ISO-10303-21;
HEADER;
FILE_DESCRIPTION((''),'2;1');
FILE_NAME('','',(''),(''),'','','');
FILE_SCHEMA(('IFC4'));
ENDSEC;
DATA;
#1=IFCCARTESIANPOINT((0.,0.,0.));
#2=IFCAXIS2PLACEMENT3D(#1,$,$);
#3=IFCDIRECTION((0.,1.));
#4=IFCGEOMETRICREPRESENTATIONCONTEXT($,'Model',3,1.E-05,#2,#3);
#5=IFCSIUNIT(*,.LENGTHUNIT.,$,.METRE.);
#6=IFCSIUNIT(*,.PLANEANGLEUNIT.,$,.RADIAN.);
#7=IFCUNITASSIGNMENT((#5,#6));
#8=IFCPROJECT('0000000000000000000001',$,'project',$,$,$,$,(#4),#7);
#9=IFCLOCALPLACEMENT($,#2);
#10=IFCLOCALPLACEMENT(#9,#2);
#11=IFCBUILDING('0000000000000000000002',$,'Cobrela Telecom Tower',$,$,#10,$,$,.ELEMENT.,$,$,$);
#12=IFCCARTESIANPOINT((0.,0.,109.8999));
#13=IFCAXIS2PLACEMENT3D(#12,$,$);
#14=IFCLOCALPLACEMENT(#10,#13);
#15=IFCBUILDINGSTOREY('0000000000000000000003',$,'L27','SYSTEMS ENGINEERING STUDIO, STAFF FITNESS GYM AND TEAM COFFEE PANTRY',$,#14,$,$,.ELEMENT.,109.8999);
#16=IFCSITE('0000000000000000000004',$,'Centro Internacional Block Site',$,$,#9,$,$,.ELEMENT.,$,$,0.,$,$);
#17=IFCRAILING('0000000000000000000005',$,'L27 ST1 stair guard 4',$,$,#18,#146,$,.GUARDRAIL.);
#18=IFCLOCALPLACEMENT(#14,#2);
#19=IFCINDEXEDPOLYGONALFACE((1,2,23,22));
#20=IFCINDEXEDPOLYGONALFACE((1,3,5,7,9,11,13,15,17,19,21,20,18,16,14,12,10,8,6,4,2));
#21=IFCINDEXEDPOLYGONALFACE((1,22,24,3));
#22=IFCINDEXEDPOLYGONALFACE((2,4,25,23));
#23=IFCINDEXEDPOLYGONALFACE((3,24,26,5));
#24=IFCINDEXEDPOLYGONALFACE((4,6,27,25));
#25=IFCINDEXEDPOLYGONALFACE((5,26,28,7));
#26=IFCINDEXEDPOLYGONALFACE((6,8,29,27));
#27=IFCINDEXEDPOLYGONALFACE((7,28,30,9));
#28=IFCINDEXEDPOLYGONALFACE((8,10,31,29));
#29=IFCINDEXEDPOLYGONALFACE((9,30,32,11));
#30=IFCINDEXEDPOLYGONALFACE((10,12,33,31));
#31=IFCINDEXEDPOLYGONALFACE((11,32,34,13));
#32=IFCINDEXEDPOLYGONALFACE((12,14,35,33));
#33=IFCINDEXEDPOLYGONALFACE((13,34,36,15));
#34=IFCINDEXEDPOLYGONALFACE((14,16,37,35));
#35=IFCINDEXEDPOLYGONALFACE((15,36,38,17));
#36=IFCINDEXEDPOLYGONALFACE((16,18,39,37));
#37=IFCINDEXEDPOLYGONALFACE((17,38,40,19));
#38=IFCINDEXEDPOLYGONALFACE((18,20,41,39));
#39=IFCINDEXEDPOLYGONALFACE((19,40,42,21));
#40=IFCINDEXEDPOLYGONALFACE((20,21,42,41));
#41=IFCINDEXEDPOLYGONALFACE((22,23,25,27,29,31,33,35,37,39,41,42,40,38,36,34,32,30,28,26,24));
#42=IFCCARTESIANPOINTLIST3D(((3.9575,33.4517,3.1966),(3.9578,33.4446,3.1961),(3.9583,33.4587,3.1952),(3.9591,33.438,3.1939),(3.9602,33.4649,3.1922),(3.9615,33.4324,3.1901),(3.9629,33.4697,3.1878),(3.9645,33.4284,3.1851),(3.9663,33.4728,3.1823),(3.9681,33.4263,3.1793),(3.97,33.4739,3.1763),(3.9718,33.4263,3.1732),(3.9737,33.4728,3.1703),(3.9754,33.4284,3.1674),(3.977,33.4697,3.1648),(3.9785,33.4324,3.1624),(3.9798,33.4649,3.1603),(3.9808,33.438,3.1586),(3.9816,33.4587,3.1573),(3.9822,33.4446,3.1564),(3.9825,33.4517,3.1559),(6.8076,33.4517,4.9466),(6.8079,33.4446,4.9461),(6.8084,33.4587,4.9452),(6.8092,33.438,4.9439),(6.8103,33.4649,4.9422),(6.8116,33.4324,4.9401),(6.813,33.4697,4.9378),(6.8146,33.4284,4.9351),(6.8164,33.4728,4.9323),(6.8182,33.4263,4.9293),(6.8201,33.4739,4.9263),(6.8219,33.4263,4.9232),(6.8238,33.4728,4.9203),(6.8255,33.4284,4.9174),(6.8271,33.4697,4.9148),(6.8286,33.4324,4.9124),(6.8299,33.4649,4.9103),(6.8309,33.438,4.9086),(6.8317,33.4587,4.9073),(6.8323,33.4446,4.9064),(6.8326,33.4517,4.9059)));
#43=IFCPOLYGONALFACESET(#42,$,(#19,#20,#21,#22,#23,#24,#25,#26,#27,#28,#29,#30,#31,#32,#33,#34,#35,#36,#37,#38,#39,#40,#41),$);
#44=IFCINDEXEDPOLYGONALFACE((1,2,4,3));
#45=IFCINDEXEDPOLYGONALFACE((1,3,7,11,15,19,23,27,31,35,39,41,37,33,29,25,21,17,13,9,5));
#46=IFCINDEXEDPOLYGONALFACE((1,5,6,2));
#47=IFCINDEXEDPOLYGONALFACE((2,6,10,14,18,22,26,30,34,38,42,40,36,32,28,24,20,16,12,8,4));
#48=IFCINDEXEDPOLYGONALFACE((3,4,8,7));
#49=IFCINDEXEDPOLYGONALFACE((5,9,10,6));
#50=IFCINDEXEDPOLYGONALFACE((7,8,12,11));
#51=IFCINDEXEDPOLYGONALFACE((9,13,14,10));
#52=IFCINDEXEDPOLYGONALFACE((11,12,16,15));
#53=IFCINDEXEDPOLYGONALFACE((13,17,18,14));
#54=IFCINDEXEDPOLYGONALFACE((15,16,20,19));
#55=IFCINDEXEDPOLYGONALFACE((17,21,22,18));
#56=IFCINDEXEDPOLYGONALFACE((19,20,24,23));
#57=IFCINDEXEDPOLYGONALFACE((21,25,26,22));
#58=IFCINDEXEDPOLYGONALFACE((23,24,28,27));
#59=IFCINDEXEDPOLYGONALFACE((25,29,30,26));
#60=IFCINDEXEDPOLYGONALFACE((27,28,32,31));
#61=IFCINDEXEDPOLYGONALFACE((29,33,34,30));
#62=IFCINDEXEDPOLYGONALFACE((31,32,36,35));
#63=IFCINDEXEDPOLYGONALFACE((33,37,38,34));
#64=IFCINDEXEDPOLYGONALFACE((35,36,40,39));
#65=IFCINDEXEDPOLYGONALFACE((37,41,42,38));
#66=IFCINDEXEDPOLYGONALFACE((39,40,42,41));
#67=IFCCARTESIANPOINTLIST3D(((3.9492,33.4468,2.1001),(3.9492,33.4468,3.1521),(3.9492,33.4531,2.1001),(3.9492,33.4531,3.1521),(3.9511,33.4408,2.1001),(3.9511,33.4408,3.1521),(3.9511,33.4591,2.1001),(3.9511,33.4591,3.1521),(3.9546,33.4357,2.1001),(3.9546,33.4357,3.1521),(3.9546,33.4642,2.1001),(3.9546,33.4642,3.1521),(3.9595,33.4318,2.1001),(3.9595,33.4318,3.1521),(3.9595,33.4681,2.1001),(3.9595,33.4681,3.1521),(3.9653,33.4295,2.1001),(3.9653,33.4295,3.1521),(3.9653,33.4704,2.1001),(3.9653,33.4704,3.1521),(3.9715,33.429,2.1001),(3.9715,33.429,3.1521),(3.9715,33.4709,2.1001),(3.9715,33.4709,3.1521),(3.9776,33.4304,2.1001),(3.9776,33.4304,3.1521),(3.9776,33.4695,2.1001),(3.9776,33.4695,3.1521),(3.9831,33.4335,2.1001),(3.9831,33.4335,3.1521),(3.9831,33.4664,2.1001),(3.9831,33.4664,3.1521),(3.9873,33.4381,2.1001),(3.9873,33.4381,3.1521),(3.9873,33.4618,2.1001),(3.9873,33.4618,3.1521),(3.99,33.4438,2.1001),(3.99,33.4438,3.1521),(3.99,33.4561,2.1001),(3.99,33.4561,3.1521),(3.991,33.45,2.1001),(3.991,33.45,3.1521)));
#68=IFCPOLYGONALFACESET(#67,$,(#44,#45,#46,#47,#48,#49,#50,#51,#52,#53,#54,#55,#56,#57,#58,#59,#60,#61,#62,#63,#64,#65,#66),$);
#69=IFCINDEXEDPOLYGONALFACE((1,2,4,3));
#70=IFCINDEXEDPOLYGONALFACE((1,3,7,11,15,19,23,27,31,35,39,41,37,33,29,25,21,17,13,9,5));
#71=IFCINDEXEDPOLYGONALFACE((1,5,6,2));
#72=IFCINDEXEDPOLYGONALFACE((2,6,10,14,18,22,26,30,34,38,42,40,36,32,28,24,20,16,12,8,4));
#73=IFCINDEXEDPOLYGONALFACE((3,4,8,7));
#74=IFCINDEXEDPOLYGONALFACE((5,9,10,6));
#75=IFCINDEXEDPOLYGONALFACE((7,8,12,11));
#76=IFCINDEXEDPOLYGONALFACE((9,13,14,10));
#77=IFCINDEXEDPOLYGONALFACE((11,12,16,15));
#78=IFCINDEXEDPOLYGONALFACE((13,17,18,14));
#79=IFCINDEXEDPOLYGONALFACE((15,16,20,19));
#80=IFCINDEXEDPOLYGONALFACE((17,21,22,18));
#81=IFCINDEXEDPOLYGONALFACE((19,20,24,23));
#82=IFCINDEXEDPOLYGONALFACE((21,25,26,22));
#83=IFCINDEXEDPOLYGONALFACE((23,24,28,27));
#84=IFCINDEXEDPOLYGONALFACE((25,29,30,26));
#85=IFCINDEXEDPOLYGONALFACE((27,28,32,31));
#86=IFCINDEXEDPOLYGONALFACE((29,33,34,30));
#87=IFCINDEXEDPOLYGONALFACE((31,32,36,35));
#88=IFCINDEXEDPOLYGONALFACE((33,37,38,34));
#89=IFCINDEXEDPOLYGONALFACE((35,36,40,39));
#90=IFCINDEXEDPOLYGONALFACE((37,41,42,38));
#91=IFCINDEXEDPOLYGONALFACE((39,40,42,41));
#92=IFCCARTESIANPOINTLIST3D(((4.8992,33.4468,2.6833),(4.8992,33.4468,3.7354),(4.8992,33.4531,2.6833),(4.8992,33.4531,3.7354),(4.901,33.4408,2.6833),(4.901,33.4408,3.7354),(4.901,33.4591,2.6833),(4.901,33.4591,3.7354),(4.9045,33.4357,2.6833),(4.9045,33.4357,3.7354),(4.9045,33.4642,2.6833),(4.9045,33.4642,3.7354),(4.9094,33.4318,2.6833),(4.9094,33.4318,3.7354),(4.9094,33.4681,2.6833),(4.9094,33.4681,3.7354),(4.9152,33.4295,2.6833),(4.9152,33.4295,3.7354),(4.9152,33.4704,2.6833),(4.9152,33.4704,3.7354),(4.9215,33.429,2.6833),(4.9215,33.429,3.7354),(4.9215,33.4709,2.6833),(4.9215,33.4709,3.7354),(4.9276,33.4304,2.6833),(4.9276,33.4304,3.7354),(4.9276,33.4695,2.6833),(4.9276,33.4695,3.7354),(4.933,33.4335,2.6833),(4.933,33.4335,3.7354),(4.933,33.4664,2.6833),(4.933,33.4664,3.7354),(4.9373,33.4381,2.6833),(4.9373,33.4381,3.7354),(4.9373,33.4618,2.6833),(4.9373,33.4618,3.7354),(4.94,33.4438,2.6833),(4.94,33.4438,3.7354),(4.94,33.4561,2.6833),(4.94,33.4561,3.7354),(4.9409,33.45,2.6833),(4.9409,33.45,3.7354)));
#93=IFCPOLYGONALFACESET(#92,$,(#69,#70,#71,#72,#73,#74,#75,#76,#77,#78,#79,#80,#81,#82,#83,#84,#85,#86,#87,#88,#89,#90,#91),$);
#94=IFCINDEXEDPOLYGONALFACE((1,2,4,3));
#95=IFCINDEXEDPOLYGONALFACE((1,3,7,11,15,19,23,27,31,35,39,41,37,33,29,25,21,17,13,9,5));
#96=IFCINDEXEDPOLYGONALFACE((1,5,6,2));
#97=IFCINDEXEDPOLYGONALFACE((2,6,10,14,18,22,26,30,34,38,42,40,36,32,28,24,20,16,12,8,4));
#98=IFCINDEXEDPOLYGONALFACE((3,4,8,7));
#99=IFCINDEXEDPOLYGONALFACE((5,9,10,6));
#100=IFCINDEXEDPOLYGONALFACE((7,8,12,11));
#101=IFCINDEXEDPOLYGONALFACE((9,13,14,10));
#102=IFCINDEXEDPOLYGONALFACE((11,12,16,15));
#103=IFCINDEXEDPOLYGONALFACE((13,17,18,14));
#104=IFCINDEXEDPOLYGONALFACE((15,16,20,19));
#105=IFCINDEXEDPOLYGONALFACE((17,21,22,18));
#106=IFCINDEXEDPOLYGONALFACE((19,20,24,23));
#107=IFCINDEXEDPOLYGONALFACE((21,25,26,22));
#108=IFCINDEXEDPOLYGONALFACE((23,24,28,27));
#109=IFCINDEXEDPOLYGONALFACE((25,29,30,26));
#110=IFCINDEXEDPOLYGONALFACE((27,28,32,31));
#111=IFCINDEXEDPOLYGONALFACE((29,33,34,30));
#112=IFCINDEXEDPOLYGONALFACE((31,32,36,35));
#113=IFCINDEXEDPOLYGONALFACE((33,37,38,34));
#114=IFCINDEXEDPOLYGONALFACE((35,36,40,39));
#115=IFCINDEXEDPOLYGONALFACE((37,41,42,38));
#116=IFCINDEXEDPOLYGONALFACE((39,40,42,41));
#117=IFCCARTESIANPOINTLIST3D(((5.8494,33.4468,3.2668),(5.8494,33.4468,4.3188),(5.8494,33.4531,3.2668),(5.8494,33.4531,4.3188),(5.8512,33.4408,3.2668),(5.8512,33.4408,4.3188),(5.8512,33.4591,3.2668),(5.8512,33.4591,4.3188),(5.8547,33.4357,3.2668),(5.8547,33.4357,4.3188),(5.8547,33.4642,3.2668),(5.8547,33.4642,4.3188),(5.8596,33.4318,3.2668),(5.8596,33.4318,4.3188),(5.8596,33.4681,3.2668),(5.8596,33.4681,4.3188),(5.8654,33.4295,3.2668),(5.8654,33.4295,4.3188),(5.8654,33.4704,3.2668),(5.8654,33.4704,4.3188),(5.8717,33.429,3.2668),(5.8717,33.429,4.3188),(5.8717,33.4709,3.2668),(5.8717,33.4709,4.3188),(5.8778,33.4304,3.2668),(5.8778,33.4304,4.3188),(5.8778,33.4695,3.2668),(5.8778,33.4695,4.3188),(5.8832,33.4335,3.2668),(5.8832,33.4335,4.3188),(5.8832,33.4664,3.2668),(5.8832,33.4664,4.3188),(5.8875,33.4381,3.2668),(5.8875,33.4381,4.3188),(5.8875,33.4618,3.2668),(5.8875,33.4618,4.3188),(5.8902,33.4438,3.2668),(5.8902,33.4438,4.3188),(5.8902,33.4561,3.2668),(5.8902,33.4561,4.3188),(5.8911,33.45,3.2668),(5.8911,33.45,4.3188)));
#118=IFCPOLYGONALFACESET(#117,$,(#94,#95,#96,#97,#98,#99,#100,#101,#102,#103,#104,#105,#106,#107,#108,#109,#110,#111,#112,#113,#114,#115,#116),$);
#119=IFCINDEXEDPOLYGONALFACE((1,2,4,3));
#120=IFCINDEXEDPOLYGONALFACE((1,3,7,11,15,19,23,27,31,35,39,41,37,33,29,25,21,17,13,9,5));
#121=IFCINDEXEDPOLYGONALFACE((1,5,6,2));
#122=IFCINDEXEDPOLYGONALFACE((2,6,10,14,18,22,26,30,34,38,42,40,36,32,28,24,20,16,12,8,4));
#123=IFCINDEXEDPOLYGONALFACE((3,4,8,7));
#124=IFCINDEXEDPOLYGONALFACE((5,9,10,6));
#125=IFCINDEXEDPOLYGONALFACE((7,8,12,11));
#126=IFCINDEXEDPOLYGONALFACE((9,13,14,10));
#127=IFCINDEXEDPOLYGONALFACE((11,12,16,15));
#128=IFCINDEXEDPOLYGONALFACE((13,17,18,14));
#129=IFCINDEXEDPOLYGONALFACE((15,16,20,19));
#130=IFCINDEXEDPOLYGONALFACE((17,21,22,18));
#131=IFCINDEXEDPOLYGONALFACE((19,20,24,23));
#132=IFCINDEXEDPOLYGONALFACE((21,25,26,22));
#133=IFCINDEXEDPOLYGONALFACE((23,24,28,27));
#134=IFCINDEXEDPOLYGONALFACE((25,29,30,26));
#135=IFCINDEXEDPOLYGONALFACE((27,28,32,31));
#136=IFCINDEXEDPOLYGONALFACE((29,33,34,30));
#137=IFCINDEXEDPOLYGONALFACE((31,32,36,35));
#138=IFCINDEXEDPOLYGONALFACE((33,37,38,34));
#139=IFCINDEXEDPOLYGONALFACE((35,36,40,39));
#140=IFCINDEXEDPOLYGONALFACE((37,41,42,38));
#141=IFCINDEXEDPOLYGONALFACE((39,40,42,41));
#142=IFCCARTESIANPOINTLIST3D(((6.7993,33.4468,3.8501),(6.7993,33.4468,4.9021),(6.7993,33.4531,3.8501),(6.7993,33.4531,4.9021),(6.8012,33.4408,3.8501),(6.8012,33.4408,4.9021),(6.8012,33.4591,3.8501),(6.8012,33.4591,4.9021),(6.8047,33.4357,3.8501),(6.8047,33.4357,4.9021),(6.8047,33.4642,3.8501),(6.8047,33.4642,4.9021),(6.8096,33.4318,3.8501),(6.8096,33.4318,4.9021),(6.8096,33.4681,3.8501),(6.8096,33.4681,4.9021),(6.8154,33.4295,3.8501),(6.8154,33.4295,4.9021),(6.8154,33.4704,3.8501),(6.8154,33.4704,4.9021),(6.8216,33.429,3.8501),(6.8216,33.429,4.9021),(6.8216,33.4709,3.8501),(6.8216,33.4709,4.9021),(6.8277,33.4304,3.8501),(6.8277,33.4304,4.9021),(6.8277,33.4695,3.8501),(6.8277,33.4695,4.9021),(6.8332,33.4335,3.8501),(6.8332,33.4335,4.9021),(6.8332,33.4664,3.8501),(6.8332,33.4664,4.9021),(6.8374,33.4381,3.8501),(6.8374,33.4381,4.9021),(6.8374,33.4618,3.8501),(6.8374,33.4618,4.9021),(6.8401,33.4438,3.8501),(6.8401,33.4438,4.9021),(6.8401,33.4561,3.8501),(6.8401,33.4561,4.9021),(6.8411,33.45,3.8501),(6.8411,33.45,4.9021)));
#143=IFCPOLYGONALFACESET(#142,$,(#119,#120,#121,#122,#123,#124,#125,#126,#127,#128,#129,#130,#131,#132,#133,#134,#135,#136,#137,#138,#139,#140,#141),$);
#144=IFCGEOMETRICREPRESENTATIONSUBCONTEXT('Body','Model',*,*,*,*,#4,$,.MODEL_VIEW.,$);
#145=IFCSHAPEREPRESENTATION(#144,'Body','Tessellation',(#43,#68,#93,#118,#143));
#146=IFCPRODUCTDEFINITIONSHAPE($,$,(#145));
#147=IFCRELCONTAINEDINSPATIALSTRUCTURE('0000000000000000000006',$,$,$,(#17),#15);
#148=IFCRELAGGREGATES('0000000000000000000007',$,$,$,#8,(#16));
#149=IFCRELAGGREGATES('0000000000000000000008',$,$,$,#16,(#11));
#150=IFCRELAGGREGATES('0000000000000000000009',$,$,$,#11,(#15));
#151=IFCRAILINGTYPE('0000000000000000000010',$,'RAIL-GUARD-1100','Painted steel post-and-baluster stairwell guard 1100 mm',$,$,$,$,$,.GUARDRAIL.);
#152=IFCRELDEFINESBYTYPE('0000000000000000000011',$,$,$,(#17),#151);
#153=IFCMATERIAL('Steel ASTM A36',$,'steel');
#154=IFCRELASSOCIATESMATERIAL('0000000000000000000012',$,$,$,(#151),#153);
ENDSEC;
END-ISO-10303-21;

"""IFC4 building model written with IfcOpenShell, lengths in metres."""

from ifc_helpers import new_model, si_unit, direction, frame, origin, origin_2d, place, context, subcontext, project, spatial, circle, extrude, material, type_object, element, save


model = new_model("IFC4")

# Units and contexts
model_context = context("Model", 3, precision=1e-05, world=origin(), true_north=direction((0.0, 1.0)))
body_context = subcontext(model_context, "Body", "Model", "MODEL_VIEW")
ifc_project = project(units=[si_unit("LENGTHUNIT", "METRE"), si_unit("PLANEANGLEUNIT", "RADIAN")], contexts=[model_context])

# Site, building, storey
site_placement = place(None, origin())
site = spatial("IfcSite", under=ifc_project, at=site_placement, Name="Centro Internacional Block Site", CompositionType="ELEMENT", RefElevation=0.0)
building_placement = place(site_placement, origin())
building = spatial("IfcBuilding", under=site, at=building_placement, Name="Cobrela Telecom Tower", CompositionType="ELEMENT")
storey_placement = place(building_placement, frame((0.0, 0.0, 109.8999)))
storey = spatial("IfcBuildingStorey", under=building, at=storey_placement, Name="L27", Description="SYSTEMS ENGINEERING STUDIO, STAFF FITNESS GYM AND TEAM COFFEE PANTRY", CompositionType="ELEMENT", Elevation=109.8999)

# Shared definitions
ifc_material_1 = material(Name="Steel ASTM A36", Category="steel")

# Railing
railing_type_1 = type_object("IfcRailingType", Name="RAIL-GUARD-1100", Description="Painted steel post-and-baluster stairwell guard 1100 mm", PredefinedType="GUARDRAIL", material=ifc_material_1)
railing_1_placement = place(storey_placement, frame((3.97, 33.45, 2.1001)))
element("IfcRailing", 1, at=railing_1_placement, inside=storey, type_object=railing_type_1, Name="L27 ST1 stair guard 4", PredefinedType="GUARDRAIL", context=body_context, shape_type="SweptSolid", body=[
    extrude(circle(Radius=0.0239, at=origin_2d()), frame((0.0, 0.0, 1.0762), z_axis=(0.852179, 0.0, 0.52325), x_axis=(0.0, 1.0, 0.0)), (0.0, 0.0, 1.0), 3.3445),
    extrude(circle(Radius=0.021, at=origin_2d()), origin(), (0.0, 0.0, 1.0), 1.052),
    extrude(circle(Radius=0.021, at=origin_2d()), frame((0.95, 0.0, 0.5833)), (0.0, 0.0, 1.0), 1.052),
    extrude(circle(Radius=0.021, at=origin_2d()), frame((1.9001, 0.0, 1.1667)), (0.0, 0.0, 1.0), 1.052),
    extrude(circle(Radius=0.021, at=origin_2d()), frame((2.8501, 0.0, 1.75)), (0.0, 0.0, 1.0), 1.052),
])

save(model, "model.ifc")
